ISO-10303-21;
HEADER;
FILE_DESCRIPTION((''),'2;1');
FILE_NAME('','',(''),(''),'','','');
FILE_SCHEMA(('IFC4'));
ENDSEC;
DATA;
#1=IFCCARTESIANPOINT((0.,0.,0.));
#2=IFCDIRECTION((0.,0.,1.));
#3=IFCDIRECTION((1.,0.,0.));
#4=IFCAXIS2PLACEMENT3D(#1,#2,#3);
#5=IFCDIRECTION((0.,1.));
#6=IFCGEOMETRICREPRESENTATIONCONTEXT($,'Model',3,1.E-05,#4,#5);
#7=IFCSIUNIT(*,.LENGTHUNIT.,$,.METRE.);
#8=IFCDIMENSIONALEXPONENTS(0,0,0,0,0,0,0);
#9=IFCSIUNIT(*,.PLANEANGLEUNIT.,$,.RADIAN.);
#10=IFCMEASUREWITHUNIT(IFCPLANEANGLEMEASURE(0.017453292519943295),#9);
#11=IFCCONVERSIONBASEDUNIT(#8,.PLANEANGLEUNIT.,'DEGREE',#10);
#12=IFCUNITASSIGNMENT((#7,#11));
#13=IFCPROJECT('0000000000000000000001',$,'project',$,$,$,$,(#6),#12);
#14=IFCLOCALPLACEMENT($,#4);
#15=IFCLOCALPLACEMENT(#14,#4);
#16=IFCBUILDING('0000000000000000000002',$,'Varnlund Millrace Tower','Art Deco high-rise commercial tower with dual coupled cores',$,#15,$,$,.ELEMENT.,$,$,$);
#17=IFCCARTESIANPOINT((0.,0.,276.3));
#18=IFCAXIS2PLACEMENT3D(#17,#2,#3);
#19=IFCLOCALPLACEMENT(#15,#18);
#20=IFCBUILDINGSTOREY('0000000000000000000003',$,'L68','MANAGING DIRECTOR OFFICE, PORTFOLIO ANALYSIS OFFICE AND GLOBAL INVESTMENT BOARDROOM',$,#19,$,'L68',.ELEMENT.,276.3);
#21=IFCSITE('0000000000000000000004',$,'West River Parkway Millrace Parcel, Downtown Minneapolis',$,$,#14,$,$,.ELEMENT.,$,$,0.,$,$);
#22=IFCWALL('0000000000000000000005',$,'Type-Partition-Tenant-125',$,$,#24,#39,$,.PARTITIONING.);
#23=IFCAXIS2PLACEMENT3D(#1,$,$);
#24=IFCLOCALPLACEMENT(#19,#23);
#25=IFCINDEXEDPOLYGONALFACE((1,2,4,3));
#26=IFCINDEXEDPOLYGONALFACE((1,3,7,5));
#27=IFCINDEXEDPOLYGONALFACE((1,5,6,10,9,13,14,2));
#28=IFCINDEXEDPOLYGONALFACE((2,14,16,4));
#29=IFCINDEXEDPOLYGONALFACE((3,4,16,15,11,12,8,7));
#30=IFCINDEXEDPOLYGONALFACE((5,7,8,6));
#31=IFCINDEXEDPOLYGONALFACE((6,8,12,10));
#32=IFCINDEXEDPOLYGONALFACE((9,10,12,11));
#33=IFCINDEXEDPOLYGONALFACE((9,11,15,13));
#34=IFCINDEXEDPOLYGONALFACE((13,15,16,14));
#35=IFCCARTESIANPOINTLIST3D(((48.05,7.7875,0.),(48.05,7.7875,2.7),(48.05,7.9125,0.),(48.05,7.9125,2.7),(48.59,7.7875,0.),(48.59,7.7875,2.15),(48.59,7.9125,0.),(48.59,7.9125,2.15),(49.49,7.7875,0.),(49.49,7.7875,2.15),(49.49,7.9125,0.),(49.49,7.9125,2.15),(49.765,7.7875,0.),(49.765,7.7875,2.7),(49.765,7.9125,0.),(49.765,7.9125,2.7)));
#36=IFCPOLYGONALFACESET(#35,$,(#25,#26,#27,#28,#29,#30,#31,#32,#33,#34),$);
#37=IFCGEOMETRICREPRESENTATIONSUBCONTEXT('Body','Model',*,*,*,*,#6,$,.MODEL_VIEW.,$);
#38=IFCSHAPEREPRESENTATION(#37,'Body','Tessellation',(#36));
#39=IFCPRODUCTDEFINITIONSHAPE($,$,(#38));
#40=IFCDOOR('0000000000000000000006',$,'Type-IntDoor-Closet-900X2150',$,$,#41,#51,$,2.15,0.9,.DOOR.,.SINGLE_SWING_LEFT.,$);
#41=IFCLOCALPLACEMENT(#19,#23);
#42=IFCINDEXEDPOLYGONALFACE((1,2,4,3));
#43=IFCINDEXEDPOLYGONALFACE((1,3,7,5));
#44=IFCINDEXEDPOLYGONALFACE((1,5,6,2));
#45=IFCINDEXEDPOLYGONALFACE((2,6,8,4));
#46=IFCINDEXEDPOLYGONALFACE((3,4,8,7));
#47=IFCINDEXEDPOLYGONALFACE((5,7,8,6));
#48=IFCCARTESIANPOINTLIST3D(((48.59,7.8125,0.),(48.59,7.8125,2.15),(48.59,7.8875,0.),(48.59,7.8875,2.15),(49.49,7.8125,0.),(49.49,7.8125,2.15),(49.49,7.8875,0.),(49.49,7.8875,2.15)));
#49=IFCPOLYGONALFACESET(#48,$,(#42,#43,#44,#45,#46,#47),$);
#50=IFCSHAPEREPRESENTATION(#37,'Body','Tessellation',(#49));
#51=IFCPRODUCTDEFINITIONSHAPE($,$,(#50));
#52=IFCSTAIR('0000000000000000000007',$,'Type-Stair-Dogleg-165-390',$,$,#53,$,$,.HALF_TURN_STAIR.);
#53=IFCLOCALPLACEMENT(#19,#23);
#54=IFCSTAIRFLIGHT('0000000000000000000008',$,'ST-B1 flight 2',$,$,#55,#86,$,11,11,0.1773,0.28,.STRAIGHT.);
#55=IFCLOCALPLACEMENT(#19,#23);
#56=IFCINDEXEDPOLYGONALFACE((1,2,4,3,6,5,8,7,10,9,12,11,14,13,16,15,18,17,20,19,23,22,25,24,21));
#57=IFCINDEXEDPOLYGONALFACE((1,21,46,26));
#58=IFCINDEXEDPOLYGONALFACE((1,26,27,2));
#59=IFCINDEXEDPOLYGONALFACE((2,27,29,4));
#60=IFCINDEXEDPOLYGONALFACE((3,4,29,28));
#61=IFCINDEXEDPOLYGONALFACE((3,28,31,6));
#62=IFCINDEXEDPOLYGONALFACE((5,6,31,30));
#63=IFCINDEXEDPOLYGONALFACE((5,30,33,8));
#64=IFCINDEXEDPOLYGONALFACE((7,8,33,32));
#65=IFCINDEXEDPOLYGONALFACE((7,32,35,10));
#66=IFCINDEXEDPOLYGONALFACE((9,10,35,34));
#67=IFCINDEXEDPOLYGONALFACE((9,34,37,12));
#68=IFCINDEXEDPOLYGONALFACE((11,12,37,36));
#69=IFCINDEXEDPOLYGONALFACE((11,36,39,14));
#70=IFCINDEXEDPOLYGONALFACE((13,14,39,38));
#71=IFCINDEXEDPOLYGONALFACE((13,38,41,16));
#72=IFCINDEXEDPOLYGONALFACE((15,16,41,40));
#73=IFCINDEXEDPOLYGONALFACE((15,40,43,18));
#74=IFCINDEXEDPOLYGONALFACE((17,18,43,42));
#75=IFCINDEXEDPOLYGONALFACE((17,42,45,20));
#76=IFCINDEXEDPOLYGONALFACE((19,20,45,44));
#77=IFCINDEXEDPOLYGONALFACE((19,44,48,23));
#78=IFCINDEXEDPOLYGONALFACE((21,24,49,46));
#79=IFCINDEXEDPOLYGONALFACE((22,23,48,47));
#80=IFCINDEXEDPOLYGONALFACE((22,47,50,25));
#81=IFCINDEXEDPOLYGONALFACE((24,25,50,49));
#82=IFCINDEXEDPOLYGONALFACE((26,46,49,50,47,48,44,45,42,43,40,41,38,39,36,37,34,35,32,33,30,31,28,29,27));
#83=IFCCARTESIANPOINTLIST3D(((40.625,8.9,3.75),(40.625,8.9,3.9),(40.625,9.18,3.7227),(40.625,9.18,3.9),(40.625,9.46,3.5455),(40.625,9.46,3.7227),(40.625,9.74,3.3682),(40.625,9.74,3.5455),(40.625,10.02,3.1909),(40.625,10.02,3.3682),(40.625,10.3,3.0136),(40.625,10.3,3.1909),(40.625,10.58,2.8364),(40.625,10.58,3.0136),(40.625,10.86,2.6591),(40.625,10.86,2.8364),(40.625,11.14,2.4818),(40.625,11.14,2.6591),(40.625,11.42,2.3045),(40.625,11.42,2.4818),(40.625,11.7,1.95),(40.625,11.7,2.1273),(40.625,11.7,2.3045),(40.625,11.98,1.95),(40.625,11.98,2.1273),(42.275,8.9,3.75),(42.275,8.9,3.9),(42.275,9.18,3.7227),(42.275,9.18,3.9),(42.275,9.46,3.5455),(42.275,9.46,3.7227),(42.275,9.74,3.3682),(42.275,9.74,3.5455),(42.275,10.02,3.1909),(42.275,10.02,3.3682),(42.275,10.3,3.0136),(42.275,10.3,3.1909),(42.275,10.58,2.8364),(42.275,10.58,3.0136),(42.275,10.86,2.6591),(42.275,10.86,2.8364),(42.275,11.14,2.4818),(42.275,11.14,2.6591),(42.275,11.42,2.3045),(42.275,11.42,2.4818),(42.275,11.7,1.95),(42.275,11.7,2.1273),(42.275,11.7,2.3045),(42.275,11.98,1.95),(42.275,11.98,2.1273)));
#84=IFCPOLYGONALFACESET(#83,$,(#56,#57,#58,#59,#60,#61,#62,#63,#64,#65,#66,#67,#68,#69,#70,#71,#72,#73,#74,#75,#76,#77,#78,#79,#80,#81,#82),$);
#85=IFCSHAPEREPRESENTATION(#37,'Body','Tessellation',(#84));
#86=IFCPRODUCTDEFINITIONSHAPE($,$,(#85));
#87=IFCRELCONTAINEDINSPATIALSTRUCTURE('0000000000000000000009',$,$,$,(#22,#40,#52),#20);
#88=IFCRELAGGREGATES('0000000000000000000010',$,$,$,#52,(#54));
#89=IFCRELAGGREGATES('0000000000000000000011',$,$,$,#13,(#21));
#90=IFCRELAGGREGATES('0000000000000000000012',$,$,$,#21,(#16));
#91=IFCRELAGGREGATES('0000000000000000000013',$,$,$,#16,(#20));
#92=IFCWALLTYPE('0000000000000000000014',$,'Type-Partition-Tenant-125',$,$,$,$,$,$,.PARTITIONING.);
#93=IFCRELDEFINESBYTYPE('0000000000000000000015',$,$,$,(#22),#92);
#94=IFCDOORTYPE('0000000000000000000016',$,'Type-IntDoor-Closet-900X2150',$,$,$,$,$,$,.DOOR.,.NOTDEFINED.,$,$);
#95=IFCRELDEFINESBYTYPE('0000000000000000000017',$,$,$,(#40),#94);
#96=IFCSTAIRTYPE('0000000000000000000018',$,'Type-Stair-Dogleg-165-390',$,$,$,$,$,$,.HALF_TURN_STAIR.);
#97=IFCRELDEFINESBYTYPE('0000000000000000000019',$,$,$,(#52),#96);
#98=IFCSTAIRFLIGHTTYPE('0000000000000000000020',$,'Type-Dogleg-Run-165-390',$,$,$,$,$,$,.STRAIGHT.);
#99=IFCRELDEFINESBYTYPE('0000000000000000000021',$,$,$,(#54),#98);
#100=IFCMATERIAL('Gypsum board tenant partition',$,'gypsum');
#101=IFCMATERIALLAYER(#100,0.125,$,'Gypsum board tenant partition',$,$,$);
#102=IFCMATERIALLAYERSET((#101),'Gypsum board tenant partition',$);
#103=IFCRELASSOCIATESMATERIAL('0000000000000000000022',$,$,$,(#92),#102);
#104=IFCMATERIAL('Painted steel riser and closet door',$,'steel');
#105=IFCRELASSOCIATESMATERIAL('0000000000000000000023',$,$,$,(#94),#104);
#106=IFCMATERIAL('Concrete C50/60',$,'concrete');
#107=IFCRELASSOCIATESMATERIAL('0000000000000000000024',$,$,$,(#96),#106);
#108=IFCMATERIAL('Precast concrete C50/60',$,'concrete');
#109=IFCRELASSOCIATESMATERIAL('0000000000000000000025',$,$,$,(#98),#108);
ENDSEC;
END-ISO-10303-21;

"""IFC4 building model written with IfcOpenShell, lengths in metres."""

from ifc_helpers import new_model, entity, si_unit, converted_unit, direction, frame, origin_with_axes, origin_2d_with_axis, place, context, subcontext, project, spatial, polyline, rectangle, outline, extrude, material, layer, layer_set, type_object, element, fill, aggregate, save


model = new_model("IFC4")

# Units and contexts
model_context = context("Model", 3, precision=1e-05, world=origin_with_axes(), true_north=direction((0.0, 1.0)))
body_context = subcontext(model_context, "Body", "Model", "MODEL_VIEW")
ifc_project = project(units=[si_unit("LENGTHUNIT", "METRE"), converted_unit("PLANEANGLEUNIT", "DEGREE", entity("IfcPlaneAngleMeasure", 0.017453292519943295), si_unit("PLANEANGLEUNIT", "RADIAN"), dimensions=[0, 0, 0, 0, 0, 0, 0])], contexts=[model_context])

# Site, building, storey
site_placement = place(None, origin_with_axes())
site = spatial("IfcSite", under=ifc_project, at=site_placement, Name="West River Parkway Millrace Parcel, Downtown Minneapolis", CompositionType="ELEMENT", RefElevation=0.0)
building_placement = place(site_placement, origin_with_axes())
building = spatial("IfcBuilding", under=site, at=building_placement, Name="Varnlund Millrace Tower", Description="Art Deco high-rise commercial tower with dual coupled cores", CompositionType="ELEMENT")
storey_placement = place(building_placement, frame((0.0, 0.0, 276.3), z_axis=(0.0, 0.0, 1.0), x_axis=(1.0, 0.0, 0.0)))
storey = spatial("IfcBuildingStorey", under=building, at=storey_placement, Name="L68", Description="MANAGING DIRECTOR OFFICE, PORTFOLIO ANALYSIS OFFICE AND GLOBAL INVESTMENT BOARDROOM", LongName="L68", CompositionType="ELEMENT", Elevation=276.3)

# Shared definitions
ifc_material_1 = material(Name="Precast concrete C50/60", Category="concrete")

# Wall, opening, door
ifc_material_2 = material(Name="Gypsum board tenant partition", Category="gypsum")
ifc_layer_1 = layer(ifc_material_2, 0.125, Name="Gypsum board tenant partition")
ifc_layer_set_1 = layer_set([ifc_layer_1], Name="Gypsum board tenant partition")
wall_type_1 = type_object("IfcWallType", Name="Type-Partition-Tenant-125", PredefinedType="PARTITIONING", material=ifc_layer_set_1)
wall_1_placement = place(storey_placement, frame((49.765, 7.85, 0.0), z_axis=(0.0, 0.0, 1.0), x_axis=(-1.0, 0.0, 0.0)))
wall_1 = element("IfcWall", 1, at=wall_1_placement, inside=storey, type_object=wall_type_1, Name="Type-Partition-Tenant-125", PredefinedType="PARTITIONING", context=body_context, shape_type="SweptSolid", body=[
    extrude(outline(polyline([(0.0, -0.0625), (1.715, -0.0625), (1.715, 0.0625), (0.0, 0.0625), (0.0, -0.0625)])), origin_with_axes(), (0.0, 0.0, 1.0), 2.7),
])
opening_1_placement = place(wall_1_placement, frame((0.725, 0.0, 0.0), z_axis=(0.0, 0.0, 1.0), x_axis=(1.0, 0.0, 0.0)))
opening_1 = element("IfcOpeningElement", 2, at=opening_1_placement, cuts=wall_1, PredefinedType="OPENING", context=body_context, shape_type="SweptSolid", body=[
    extrude(rectangle(XDim=0.9, YDim=0.145, at=origin_2d_with_axis()), origin_with_axes(), (0.0, 0.0, 1.0), 2.15),
])
ifc_material_3 = material(Name="Painted steel riser and closet door", Category="steel")
door_type = type_object("IfcDoorType", Name="Type-IntDoor-Closet-900X2150", OperationType="NOTDEFINED", PredefinedType="DOOR", material=ifc_material_3)
door_placement = place(wall_1_placement, frame((0.725, 0.0, 0.0), z_axis=(0.0, 0.0, 1.0), x_axis=(1.0, 0.0, 0.0)))
door = element("IfcDoor", 3, at=door_placement, inside=storey, type_object=door_type, Name="Type-IntDoor-Closet-900X2150", OperationType="SINGLE_SWING_LEFT", OverallHeight=2.15, OverallWidth=0.9, PredefinedType="DOOR", context=body_context, shape_type="SweptSolid", body=[
    extrude(rectangle(XDim=0.9, YDim=0.075, at=origin_2d_with_axis()), origin_with_axes(), (0.0, 0.0, 1.0), 2.15),
])
fill(opening_1, door)

# Stair, stair flight
ifc_material_4 = material(Name="Concrete C50/60", Category="concrete")
stair_type = type_object("IfcStairType", Name="Type-Stair-Dogleg-165-390", PredefinedType="HALF_TURN_STAIR", material=ifc_material_4)
stair_placement = place(storey_placement, origin_with_axes())
stair = element("IfcStair", 4, at=stair_placement, inside=storey, type_object=stair_type, Name="Type-Stair-Dogleg-165-390", PredefinedType="HALF_TURN_STAIR")
stair_flight_type = type_object("IfcStairFlightType", Name="Type-Dogleg-Run-165-390", PredefinedType="STRAIGHT", material=ifc_material_1)
stair_flight_placement = place(storey_placement, frame((42.275, 11.98, 1.95), z_axis=(-1.0, 0.0, 0.0), x_axis=(0.0, -1.0, 0.0)))
stair_flight = element("IfcStairFlight", 5, at=stair_flight_placement, type_object=stair_flight_type, Name="ST-B1 flight 2", NumberOfRisers=11, NumberOfTreads=11, PredefinedType="STRAIGHT", RiserHeight=0.1773, TreadLength=0.28, context=body_context, shape_type="SweptSolid", body=[
    extrude(outline(polyline([(0.0, 0.0), (0.0, 0.1773), (0.28, 0.1773), (0.28, 0.3545), (0.56, 0.3545), (0.56, 0.5318), (0.84, 0.5318), (0.84, 0.7091), (1.12, 0.7091), (1.12, 0.8864), (1.4, 0.8864), (1.4, 1.0636), (1.68, 1.0636), (1.68, 1.2409), (1.96, 1.2409), (1.96, 1.4182), (2.24, 1.4182), (2.24, 1.5955), (2.52, 1.5955), (2.52, 1.7727), (2.8, 1.7727), (2.8, 1.95), (3.08, 1.95), (3.08, 1.8), (0.28, 0.0), (0.0, 0.0)])), origin_with_axes(), (0.0, 0.0, 1.0), 1.65),
])
aggregate(stair, [stair_flight])

save(model, "model.ifc")
